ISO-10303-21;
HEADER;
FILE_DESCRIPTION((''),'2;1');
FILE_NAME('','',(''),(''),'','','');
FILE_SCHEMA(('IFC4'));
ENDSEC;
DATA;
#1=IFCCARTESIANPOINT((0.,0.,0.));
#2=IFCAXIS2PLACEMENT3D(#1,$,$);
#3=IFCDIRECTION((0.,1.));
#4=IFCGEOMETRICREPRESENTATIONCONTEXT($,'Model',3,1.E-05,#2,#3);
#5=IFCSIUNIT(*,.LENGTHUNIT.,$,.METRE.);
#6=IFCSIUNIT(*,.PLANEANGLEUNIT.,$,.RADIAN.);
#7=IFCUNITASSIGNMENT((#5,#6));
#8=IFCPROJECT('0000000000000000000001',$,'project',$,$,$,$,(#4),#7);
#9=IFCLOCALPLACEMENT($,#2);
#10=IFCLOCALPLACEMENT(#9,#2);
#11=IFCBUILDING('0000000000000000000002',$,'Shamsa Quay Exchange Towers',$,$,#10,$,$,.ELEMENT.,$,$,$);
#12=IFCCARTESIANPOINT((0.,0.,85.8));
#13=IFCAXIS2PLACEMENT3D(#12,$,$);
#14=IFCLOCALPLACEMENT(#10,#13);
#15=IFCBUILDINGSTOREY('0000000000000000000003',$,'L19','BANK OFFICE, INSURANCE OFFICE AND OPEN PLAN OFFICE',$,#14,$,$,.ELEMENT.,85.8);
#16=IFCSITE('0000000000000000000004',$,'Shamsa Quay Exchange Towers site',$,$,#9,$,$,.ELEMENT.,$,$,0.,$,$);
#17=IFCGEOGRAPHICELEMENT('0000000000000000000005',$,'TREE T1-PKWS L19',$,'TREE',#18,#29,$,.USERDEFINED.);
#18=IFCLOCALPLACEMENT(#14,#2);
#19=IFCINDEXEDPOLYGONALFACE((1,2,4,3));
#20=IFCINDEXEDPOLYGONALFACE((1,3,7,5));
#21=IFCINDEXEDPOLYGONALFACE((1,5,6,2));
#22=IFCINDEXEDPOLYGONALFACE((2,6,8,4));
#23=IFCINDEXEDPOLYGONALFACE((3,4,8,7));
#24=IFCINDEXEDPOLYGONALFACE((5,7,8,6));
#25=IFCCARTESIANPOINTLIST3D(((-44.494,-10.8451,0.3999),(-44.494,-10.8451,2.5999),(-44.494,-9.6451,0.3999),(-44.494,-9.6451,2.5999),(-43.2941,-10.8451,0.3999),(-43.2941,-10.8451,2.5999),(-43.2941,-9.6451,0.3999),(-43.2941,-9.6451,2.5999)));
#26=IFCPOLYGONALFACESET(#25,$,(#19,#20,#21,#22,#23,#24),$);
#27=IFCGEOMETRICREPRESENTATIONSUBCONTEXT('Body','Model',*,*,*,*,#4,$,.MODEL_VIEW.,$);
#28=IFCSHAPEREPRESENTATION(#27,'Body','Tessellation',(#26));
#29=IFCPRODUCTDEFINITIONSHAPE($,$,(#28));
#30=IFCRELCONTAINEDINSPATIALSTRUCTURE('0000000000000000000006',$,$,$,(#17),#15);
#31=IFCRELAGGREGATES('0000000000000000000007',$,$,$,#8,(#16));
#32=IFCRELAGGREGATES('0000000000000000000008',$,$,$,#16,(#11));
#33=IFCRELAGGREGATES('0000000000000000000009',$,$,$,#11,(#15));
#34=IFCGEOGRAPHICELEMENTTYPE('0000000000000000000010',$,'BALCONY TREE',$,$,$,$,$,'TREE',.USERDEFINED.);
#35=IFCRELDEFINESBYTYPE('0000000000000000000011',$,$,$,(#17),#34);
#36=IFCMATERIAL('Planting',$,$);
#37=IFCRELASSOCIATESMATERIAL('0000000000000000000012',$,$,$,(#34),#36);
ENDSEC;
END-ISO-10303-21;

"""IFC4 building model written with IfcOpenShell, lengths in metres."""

from ifc_helpers import new_model, si_unit, direction, frame, origin, origin_2d, place, context, subcontext, project, spatial, rectangle, extrude, material, type_object, element, save


model = new_model("IFC4")

# Units and contexts
model_context = context("Model", 3, precision=1e-05, world=origin(), true_north=direction((0.0, 1.0)))
body_context = subcontext(model_context, "Body", "Model", "MODEL_VIEW")
ifc_project = project(units=[si_unit("LENGTHUNIT", "METRE"), si_unit("PLANEANGLEUNIT", "RADIAN")], contexts=[model_context])

# Site, building, storey
site_placement = place(None, origin())
site = spatial("IfcSite", under=ifc_project, at=site_placement, Name="Shamsa Quay Exchange Towers site", CompositionType="ELEMENT", RefElevation=0.0)
building_placement = place(site_placement, origin())
building = spatial("IfcBuilding", under=site, at=building_placement, Name="Shamsa Quay Exchange Towers", CompositionType="ELEMENT")
storey_placement = place(building_placement, frame((0.0, 0.0, 85.8)))
storey = spatial("IfcBuildingStorey", under=building, at=storey_placement, Name="L19", Description="BANK OFFICE, INSURANCE OFFICE AND OPEN PLAN OFFICE", CompositionType="ELEMENT", Elevation=85.8)

# Geographic element
ifc_material_1 = material(Name="Planting")
geographic_element_type = type_object("IfcGeographicElementType", Name="BALCONY TREE", ElementType="TREE", PredefinedType="USERDEFINED", material=ifc_material_1)
geographic_element_placement = place(storey_placement, frame((-43.894, -10.2451, 0.3999)))
element("IfcGeographicElement", 1, at=geographic_element_placement, inside=storey, type_object=geographic_element_type, Name="TREE T1-PKWS L19", ObjectType="TREE", PredefinedType="USERDEFINED", context=body_context, shape_type="SweptSolid", body=[
    extrude(rectangle(XDim=1.2, YDim=1.2, at=origin_2d()), origin(), (0.0, 0.0, 1.0), 2.2),
])

save(model, "model.ifc")
